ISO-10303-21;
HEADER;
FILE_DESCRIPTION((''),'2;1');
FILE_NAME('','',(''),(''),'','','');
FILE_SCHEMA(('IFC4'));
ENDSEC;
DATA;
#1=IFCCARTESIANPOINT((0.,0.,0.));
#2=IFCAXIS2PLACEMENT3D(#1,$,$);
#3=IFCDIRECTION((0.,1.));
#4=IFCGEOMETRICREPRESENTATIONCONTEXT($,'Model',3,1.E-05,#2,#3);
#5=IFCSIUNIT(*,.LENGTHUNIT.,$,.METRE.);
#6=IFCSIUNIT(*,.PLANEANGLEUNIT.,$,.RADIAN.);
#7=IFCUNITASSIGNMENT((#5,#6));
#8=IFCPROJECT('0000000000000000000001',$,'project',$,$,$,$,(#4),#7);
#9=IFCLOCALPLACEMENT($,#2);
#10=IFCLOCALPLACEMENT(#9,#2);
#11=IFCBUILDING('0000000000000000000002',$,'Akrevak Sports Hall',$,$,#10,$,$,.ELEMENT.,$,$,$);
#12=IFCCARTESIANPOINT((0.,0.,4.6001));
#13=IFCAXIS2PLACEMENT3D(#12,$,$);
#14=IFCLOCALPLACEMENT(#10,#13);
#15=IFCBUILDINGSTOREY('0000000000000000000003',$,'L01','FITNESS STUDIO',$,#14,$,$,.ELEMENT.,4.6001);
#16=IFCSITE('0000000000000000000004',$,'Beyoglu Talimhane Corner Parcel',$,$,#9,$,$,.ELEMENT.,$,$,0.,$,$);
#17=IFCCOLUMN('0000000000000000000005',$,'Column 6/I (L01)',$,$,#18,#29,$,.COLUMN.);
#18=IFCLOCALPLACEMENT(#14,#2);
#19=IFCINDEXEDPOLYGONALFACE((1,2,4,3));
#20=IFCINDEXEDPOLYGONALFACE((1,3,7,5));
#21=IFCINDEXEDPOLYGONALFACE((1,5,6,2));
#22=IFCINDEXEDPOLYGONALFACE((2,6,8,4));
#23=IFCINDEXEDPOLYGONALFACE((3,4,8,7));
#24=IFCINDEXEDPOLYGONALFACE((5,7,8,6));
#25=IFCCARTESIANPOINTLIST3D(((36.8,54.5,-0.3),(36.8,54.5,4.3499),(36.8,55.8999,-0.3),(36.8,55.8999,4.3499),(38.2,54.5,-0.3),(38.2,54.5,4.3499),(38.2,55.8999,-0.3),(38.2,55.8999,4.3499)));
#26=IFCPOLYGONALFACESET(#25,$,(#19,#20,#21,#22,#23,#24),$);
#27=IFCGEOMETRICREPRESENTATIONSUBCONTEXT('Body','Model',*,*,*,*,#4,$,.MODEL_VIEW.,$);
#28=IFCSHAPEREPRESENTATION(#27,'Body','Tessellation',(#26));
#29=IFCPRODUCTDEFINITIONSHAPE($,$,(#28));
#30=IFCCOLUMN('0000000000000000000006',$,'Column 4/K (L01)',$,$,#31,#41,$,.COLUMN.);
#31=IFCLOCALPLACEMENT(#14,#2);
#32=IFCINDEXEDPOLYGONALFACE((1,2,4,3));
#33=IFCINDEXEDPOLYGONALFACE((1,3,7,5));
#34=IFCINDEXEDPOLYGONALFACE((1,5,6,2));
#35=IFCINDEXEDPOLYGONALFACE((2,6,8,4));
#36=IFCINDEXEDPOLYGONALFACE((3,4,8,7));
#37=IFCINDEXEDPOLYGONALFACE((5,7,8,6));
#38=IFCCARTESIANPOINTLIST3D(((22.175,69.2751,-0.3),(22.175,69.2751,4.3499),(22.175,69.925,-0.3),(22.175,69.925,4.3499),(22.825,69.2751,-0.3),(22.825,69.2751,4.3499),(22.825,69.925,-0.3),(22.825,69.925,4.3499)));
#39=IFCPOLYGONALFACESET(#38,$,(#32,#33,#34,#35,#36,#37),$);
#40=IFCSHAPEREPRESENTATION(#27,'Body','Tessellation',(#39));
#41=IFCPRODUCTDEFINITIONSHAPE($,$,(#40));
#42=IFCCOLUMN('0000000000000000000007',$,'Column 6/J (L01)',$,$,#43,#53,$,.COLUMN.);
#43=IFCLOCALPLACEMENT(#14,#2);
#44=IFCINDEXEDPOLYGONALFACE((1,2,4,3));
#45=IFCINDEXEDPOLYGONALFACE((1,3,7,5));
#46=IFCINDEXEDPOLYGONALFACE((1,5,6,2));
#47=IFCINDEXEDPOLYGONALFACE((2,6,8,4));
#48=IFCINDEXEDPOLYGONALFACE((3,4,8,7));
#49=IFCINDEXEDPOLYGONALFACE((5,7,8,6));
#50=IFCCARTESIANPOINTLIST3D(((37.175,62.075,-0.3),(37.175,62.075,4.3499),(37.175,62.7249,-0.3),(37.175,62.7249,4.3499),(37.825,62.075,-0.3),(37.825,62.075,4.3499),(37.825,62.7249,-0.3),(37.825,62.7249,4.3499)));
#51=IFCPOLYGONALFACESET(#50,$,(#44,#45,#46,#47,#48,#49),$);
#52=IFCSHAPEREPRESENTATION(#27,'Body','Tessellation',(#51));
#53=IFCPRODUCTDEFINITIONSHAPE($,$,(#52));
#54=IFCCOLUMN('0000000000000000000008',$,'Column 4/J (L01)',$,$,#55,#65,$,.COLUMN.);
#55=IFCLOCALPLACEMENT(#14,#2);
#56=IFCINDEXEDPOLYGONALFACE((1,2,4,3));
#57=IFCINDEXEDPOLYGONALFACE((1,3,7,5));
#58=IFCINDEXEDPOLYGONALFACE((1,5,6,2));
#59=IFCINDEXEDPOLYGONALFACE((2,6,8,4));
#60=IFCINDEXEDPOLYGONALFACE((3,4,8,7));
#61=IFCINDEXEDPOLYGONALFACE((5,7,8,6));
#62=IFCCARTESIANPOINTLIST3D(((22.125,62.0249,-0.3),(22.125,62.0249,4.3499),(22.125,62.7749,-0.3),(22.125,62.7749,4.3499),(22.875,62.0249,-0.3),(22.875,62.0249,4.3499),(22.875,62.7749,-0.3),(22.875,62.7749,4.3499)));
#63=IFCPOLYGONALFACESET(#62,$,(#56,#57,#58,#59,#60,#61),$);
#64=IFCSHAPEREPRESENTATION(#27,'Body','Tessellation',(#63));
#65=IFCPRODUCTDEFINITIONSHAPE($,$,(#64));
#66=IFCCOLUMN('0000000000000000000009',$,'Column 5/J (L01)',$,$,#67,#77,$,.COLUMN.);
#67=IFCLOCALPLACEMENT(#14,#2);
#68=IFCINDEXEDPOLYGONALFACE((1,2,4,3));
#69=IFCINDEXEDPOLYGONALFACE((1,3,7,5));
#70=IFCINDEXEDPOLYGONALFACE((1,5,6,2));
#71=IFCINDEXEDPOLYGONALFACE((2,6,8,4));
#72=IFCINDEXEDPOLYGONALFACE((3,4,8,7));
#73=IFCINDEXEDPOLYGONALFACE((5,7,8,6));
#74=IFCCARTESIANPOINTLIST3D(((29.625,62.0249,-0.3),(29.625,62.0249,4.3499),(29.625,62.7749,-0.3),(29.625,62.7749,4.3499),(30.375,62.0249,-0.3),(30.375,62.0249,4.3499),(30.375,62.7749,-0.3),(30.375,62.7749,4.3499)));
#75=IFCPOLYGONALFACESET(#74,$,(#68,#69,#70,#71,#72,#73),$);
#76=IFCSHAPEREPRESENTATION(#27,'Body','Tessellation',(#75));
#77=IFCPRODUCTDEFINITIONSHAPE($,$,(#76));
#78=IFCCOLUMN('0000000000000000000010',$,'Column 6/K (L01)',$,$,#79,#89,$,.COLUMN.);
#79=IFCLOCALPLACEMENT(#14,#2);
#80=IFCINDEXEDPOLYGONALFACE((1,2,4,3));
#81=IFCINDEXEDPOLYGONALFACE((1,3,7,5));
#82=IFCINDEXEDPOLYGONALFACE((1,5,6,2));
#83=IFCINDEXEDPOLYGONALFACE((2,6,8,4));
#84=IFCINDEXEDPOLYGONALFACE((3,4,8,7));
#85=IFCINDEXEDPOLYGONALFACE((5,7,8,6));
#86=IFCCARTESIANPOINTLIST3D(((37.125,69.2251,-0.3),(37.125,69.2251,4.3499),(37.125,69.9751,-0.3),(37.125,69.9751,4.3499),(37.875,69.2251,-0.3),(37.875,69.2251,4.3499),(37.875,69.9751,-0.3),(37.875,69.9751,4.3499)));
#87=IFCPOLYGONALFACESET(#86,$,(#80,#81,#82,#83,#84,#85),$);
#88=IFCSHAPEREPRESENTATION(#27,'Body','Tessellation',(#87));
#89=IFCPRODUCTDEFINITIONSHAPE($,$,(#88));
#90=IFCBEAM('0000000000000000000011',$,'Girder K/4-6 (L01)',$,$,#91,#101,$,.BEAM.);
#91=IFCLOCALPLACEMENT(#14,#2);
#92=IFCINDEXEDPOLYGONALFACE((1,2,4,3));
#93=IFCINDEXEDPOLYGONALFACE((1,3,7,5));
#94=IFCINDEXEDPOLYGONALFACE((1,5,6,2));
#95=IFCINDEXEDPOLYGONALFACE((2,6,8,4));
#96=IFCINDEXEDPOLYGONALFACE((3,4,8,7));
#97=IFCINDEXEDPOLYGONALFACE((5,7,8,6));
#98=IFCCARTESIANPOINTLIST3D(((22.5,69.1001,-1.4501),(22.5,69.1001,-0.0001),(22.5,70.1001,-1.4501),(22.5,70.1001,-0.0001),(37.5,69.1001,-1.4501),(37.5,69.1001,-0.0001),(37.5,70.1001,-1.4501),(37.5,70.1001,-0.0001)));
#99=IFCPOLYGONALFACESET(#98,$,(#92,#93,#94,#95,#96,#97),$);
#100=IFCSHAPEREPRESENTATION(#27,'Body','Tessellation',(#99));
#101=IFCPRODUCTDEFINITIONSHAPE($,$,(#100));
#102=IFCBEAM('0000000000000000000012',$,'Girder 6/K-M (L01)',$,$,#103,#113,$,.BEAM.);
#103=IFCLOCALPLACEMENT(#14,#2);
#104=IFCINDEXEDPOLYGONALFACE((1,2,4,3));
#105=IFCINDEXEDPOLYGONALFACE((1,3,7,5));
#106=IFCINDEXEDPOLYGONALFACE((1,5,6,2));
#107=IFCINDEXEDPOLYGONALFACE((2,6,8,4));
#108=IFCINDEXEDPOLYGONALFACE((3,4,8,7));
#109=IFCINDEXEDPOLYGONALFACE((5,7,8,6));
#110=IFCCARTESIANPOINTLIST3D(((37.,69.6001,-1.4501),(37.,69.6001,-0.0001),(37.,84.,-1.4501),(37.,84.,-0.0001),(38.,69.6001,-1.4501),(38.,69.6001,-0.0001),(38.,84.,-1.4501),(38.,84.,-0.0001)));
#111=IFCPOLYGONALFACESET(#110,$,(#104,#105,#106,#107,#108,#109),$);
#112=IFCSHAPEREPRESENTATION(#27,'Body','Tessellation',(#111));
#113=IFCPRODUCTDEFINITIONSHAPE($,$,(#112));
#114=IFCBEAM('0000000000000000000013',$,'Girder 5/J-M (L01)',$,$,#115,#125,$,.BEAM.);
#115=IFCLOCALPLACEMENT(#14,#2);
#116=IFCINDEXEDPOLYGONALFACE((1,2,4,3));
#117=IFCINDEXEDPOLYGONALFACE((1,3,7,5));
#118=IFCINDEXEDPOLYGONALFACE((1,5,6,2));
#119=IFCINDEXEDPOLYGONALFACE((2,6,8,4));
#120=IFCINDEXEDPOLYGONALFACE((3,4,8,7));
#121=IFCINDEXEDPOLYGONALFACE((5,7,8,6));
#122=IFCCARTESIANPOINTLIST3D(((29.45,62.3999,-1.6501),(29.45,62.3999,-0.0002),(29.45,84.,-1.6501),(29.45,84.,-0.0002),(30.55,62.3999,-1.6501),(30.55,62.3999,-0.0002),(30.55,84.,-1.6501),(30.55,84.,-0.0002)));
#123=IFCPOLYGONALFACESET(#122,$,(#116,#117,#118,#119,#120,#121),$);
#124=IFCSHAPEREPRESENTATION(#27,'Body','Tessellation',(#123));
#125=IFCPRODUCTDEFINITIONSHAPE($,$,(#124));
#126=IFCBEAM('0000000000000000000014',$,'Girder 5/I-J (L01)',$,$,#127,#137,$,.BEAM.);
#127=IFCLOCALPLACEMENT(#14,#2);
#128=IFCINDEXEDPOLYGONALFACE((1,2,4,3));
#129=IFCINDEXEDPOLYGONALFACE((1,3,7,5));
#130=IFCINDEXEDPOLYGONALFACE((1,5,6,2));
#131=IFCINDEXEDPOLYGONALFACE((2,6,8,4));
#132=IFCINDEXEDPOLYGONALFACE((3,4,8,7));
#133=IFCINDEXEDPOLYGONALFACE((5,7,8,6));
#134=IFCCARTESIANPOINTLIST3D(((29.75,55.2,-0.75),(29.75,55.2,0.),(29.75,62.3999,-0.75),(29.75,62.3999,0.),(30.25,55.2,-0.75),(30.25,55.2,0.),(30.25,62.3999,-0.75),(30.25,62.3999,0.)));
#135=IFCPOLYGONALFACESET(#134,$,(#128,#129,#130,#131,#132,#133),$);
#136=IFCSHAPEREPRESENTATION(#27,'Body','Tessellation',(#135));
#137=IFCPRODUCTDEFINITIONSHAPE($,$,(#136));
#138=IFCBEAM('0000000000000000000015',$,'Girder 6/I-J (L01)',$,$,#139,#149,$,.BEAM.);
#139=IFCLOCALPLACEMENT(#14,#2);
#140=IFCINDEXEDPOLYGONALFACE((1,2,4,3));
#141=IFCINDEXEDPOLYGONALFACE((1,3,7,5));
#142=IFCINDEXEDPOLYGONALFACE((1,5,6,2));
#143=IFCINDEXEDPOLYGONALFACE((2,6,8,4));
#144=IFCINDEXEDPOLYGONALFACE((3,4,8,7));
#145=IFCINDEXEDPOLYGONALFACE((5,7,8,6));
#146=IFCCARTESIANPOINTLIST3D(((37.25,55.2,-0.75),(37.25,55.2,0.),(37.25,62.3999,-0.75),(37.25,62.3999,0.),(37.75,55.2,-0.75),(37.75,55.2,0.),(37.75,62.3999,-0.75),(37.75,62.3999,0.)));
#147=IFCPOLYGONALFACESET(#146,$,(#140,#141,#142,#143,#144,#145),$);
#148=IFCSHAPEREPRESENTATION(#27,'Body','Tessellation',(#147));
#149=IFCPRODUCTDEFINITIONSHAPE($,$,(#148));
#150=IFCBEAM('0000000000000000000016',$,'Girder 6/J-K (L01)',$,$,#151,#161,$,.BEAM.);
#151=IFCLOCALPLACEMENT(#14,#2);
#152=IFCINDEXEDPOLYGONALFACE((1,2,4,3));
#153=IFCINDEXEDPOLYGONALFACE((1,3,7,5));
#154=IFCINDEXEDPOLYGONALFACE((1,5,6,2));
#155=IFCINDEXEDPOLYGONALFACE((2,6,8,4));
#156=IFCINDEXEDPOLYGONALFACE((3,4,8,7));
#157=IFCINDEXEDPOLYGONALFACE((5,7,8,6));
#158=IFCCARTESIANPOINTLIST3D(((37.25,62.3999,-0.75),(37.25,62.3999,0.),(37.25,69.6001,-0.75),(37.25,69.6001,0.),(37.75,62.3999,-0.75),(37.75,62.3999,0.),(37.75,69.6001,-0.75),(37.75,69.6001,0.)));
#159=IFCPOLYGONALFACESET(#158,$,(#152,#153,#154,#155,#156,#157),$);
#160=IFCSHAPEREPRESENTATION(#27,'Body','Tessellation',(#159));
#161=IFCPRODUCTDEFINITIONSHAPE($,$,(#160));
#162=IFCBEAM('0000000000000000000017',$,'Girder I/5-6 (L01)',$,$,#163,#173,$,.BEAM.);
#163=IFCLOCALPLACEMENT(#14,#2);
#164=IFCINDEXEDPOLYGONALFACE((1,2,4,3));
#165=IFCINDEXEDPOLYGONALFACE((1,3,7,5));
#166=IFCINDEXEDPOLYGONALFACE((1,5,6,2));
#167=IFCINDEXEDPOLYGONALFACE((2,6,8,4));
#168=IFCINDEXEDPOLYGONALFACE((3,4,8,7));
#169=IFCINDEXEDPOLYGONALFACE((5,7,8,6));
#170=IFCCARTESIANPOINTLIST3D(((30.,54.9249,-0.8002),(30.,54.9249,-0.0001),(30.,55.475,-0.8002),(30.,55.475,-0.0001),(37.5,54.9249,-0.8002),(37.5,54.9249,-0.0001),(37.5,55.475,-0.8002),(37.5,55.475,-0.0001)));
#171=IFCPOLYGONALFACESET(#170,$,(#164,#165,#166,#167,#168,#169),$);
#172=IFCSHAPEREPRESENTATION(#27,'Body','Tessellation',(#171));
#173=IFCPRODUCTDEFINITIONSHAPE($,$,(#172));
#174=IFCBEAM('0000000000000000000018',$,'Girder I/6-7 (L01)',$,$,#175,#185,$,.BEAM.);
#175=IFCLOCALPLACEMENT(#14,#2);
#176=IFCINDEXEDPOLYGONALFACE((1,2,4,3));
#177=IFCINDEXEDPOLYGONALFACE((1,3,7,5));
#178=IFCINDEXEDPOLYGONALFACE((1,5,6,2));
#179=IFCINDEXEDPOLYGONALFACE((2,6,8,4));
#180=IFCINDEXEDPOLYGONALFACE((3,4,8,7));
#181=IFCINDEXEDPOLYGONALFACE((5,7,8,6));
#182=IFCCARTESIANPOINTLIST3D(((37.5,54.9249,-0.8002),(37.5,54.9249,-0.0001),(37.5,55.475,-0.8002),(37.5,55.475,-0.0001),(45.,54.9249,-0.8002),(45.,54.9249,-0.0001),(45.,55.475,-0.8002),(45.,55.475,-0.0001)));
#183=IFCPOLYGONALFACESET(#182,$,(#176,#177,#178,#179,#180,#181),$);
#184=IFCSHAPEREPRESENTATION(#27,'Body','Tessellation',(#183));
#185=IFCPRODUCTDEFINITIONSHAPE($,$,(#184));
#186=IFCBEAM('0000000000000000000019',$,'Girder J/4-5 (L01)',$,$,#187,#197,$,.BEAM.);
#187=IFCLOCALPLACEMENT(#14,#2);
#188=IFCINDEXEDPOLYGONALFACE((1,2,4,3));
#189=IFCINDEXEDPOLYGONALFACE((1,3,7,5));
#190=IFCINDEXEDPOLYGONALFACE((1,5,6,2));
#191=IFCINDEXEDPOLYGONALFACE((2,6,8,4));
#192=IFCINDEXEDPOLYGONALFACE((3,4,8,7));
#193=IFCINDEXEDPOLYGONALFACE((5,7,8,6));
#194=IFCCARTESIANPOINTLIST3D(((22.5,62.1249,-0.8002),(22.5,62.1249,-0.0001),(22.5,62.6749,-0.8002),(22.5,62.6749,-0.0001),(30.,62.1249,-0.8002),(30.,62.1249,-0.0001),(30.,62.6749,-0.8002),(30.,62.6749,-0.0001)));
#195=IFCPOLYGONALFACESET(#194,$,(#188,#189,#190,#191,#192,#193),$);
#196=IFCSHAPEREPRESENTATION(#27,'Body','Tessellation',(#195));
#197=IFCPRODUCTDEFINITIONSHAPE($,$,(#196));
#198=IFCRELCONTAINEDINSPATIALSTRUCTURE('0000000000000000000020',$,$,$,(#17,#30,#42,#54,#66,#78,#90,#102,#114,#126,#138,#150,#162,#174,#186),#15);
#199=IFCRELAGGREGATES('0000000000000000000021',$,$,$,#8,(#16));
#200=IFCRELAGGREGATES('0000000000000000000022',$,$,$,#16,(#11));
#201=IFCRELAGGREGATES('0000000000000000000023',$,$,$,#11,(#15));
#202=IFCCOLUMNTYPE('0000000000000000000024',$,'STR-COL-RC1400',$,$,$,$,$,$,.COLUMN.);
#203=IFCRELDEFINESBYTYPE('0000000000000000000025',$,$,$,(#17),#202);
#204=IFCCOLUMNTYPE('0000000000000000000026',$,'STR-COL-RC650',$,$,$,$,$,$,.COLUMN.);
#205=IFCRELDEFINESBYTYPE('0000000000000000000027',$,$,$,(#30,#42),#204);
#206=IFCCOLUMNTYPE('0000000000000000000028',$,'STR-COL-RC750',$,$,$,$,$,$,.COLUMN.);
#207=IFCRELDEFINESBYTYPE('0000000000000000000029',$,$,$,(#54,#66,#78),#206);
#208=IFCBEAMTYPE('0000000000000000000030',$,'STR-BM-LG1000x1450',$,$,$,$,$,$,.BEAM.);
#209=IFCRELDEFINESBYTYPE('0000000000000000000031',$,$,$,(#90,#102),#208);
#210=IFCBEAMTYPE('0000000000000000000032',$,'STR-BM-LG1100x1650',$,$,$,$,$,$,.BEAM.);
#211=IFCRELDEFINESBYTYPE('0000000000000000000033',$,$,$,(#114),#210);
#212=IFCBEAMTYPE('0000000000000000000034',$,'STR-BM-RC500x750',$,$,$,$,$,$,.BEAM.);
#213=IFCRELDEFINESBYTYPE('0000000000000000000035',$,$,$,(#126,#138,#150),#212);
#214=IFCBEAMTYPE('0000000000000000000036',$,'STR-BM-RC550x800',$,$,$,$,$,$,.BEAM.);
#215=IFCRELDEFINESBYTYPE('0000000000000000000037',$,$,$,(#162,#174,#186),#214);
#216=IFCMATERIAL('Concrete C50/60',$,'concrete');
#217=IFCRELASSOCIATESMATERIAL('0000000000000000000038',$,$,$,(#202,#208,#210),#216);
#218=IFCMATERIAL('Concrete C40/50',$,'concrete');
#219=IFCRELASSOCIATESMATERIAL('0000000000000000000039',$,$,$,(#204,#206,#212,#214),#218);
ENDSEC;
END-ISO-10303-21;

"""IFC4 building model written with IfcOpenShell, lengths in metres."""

from ifc_helpers import new_model, si_unit, direction, frame, origin, origin_2d, place, context, subcontext, project, spatial, rectangle, extrude, material, material_profile, profile_set, type_object, element, save


model = new_model("IFC4")

# Units and contexts
model_context = context("Model", 3, precision=1e-05, world=origin(), true_north=direction((0.0, 1.0)))
body_context = subcontext(model_context, "Body", "Model", "MODEL_VIEW")
ifc_project = project(units=[si_unit("LENGTHUNIT", "METRE"), si_unit("PLANEANGLEUNIT", "RADIAN")], contexts=[model_context])

# Site, building, storey
site_placement = place(None, origin())
site = spatial("IfcSite", under=ifc_project, at=site_placement, Name="Beyoglu Talimhane Corner Parcel", CompositionType="ELEMENT", RefElevation=0.0)
building_placement = place(site_placement, origin())
building = spatial("IfcBuilding", under=site, at=building_placement, Name="Akrevak Sports Hall", CompositionType="ELEMENT")
storey_placement = place(building_placement, frame((0.0, 0.0, 4.6001)))
storey = spatial("IfcBuildingStorey", under=building, at=storey_placement, Name="L01", Description="FITNESS STUDIO", CompositionType="ELEMENT", Elevation=4.6001)

# Columns
ifc_material_1 = material(Name="Concrete C50/60", Category="concrete")
ifc_material_profile_1 = material_profile(ifc_material_1, rectangle(XDim=1.3999, YDim=1.3999, at=origin_2d()), Name="RC 1400x1400", Category="concrete")
ifc_profile_set_1 = profile_set([ifc_material_profile_1], Name="Concrete C50/60")
column_type_1 = type_object("IfcColumnType", Name="STR-COL-RC1400", PredefinedType="COLUMN", material=ifc_profile_set_1)
column_placement = place(storey_placement, frame((37.5, 55.2, -0.3), z_axis=(0.0, 0.0, 1.0), x_axis=(1.0, 0.0, 0.0)))
element("IfcColumn", 1, at=column_placement, inside=storey, type_object=column_type_1, Name="Column 6/I (L01)", PredefinedType="COLUMN", context=body_context, shape_type="SweptSolid", body=[
    extrude(rectangle(XDim=1.3999, YDim=1.3999, at=origin_2d()), origin(), (0.0, 0.0, 1.0), 4.6499),
])
ifc_material_2 = material(Name="Concrete C40/50", Category="concrete")
ifc_material_profile_2 = material_profile(ifc_material_2, rectangle(XDim=0.6499, YDim=0.6499, at=origin_2d()), Name="RC 650x650", Category="concrete")
ifc_profile_set_2 = profile_set([ifc_material_profile_2], Name="Concrete C40/50")
column_type_2 = type_object("IfcColumnType", Name="STR-COL-RC650", PredefinedType="COLUMN", material=ifc_profile_set_2)
for number, where, z_axis, x_axis, name in (
    (2, (22.5, 69.6001, -0.3), (0.0, 0.0, 1.0), (1.0, 0.0, 0.0), "Column 4/K (L01)"),
    (3, (37.5, 62.3999, -0.3), (0.0, 0.0, 1.0), (1.0, 0.0, 0.0), "Column 6/J (L01)"),
):
    element("IfcColumn", number, at=place(storey_placement, frame(where, z_axis=z_axis, x_axis=x_axis)), inside=storey, type_object=column_type_2, Name=name, PredefinedType="COLUMN", context=body_context, shape_type="SweptSolid", body=[
        extrude(rectangle(XDim=0.6499, YDim=0.6499, at=origin_2d()), origin(), (0.0, 0.0, 1.0), 4.6499),
    ])
ifc_material_profile_3 = material_profile(ifc_material_2, rectangle(XDim=0.75, YDim=0.75, at=origin_2d()), Name="RC 750x750", Category="concrete")
ifc_profile_set_3 = profile_set([ifc_material_profile_3], Name="Concrete C40/50")
column_type_3 = type_object("IfcColumnType", Name="STR-COL-RC750", PredefinedType="COLUMN", material=ifc_profile_set_3)
for number, where, z_axis, x_axis, name in (
    (4, (22.5, 62.3999, -0.3), (0.0, 0.0, 1.0), (1.0, 0.0, 0.0), "Column 4/J (L01)"),
    (5, (30.0, 62.3999, -0.3), (0.0, 0.0, 1.0), (1.0, 0.0, 0.0), "Column 5/J (L01)"),
    (6, (37.5, 69.6001, -0.3), (0.0, 0.0, 1.0), (1.0, 0.0, 0.0), "Column 6/K (L01)"),
):
    element("IfcColumn", number, at=place(storey_placement, frame(where, z_axis=z_axis, x_axis=x_axis)), inside=storey, type_object=column_type_3, Name=name, PredefinedType="COLUMN", context=body_context, shape_type="SweptSolid", body=[
        extrude(rectangle(XDim=0.75, YDim=0.75, at=origin_2d()), origin(), (0.0, 0.0, 1.0), 4.6499),
    ])

# Beams
ifc_material_profile_4 = material_profile(ifc_material_1, rectangle(XDim=1.0, YDim=1.45, at=origin_2d()), Name="BM 1000x1450", Category="concrete")
ifc_profile_set_4 = profile_set([ifc_material_profile_4], Name="Concrete C50/60")
beam_type_1 = type_object("IfcBeamType", Name="STR-BM-LG1000x1450", PredefinedType="BEAM", material=ifc_profile_set_4)
beam_1_placement = place(storey_placement, frame((22.5, 69.6001, -0.7251), z_axis=(1.0, 0.0, 0.0), x_axis=(0.0, 1.0, 0.0)))
element("IfcBeam", 7, at=beam_1_placement, inside=storey, type_object=beam_type_1, Name="Girder K/4-6 (L01)", PredefinedType="BEAM", context=body_context, shape_type="SweptSolid", body=[
    extrude(rectangle(XDim=1.0, YDim=1.45, at=origin_2d()), origin(), (0.0, 0.0, 1.0), 15.0),
])
beam_2_placement = place(storey_placement, frame((37.5, 69.6001, -0.7251), z_axis=(0.0, 1.0, 0.0), x_axis=(-1.0, 0.0, 0.0)))
element("IfcBeam", 8, at=beam_2_placement, inside=storey, type_object=beam_type_1, Name="Girder 6/K-M (L01)", PredefinedType="BEAM", context=body_context, shape_type="SweptSolid", body=[
    extrude(rectangle(XDim=1.0, YDim=1.45, at=origin_2d()), origin(), (0.0, 0.0, 1.0), 14.3999),
])
ifc_material_profile_5 = material_profile(ifc_material_1, rectangle(XDim=1.1001, YDim=1.6499, at=origin_2d()), Name="BM 1100x1650", Category="concrete")
ifc_profile_set_5 = profile_set([ifc_material_profile_5], Name="Concrete C50/60")
beam_type_2 = type_object("IfcBeamType", Name="STR-BM-LG1100x1650", PredefinedType="BEAM", material=ifc_profile_set_5)
beam_3_placement = place(storey_placement, frame((30.0, 62.3999, -0.8252), z_axis=(0.0, 1.0, 0.0), x_axis=(-1.0, 0.0, 0.0)))
element("IfcBeam", 9, at=beam_3_placement, inside=storey, type_object=beam_type_2, Name="Girder 5/J-M (L01)", PredefinedType="BEAM", context=body_context, shape_type="SweptSolid", body=[
    extrude(rectangle(XDim=1.1001, YDim=1.6499, at=origin_2d()), origin(), (0.0, 0.0, 1.0), 21.6001),
])
ifc_material_profile_6 = material_profile(ifc_material_2, rectangle(XDim=0.5, YDim=0.75, at=origin_2d()), Name="BM 500x750", Category="concrete")
ifc_profile_set_6 = profile_set([ifc_material_profile_6], Name="Concrete C40/50")
beam_type_3 = type_object("IfcBeamType", Name="STR-BM-RC500x750", PredefinedType="BEAM", material=ifc_profile_set_6)
for number, where, z_axis, x_axis, name in (
    (10, (30.0, 55.2, -0.375), (0.0, 1.0, 0.0), (-1.0, 0.0, 0.0), "Girder 5/I-J (L01)"),
    (11, (37.5, 55.2, -0.375), (0.0, 1.0, 0.0), (-1.0, 0.0, 0.0), "Girder 6/I-J (L01)"),
):
    element("IfcBeam", number, at=place(storey_placement, frame(where, z_axis=z_axis, x_axis=x_axis)), inside=storey, type_object=beam_type_3, Name=name, PredefinedType="BEAM", context=body_context, shape_type="SweptSolid", body=[
        extrude(rectangle(XDim=0.5, YDim=0.75, at=origin_2d()), origin(), (0.0, 0.0, 1.0), 7.2),
    ])
beam_4_placement = place(storey_placement, frame((37.5, 62.3999, -0.375), z_axis=(0.0, 1.0, 0.0), x_axis=(-1.0, 0.0, 0.0)))
element("IfcBeam", 12, at=beam_4_placement, inside=storey, type_object=beam_type_3, Name="Girder 6/J-K (L01)", PredefinedType="BEAM", context=body_context, shape_type="SweptSolid", body=[
    extrude(rectangle(XDim=0.5, YDim=0.75, at=origin_2d()), origin(), (0.0, 0.0, 1.0), 7.2002),
])
ifc_material_profile_7 = material_profile(ifc_material_2, rectangle(XDim=0.55, YDim=0.8, at=origin_2d()), Name="BM 550x800", Category="concrete")
ifc_profile_set_7 = profile_set([ifc_material_profile_7], Name="Concrete C40/50")
beam_type_4 = type_object("IfcBeamType", Name="STR-BM-RC550x800", PredefinedType="BEAM", material=ifc_profile_set_7)
for number, where, z_axis, x_axis, name in (
    (13, (30.0, 55.2, -0.4001), (1.0, 0.0, 0.0), (0.0, 1.0, 0.0), "Girder I/5-6 (L01)"),
    (14, (37.5, 55.2, -0.4001), (1.0, 0.0, 0.0), (0.0, 1.0, 0.0), "Girder I/6-7 (L01)"),
    (15, (22.5, 62.3999, -0.4001), (1.0, 0.0, 0.0), (0.0, 1.0, 0.0), "Girder J/4-5 (L01)"),
):
    element("IfcBeam", number, at=place(storey_placement, frame(where, z_axis=z_axis, x_axis=x_axis)), inside=storey, type_object=beam_type_4, Name=name, PredefinedType="BEAM", context=body_context, shape_type="SweptSolid", body=[
        extrude(rectangle(XDim=0.55, YDim=0.8, at=origin_2d()), origin(), (0.0, 0.0, 1.0), 7.5),
    ])

save(model, "model.ifc")
